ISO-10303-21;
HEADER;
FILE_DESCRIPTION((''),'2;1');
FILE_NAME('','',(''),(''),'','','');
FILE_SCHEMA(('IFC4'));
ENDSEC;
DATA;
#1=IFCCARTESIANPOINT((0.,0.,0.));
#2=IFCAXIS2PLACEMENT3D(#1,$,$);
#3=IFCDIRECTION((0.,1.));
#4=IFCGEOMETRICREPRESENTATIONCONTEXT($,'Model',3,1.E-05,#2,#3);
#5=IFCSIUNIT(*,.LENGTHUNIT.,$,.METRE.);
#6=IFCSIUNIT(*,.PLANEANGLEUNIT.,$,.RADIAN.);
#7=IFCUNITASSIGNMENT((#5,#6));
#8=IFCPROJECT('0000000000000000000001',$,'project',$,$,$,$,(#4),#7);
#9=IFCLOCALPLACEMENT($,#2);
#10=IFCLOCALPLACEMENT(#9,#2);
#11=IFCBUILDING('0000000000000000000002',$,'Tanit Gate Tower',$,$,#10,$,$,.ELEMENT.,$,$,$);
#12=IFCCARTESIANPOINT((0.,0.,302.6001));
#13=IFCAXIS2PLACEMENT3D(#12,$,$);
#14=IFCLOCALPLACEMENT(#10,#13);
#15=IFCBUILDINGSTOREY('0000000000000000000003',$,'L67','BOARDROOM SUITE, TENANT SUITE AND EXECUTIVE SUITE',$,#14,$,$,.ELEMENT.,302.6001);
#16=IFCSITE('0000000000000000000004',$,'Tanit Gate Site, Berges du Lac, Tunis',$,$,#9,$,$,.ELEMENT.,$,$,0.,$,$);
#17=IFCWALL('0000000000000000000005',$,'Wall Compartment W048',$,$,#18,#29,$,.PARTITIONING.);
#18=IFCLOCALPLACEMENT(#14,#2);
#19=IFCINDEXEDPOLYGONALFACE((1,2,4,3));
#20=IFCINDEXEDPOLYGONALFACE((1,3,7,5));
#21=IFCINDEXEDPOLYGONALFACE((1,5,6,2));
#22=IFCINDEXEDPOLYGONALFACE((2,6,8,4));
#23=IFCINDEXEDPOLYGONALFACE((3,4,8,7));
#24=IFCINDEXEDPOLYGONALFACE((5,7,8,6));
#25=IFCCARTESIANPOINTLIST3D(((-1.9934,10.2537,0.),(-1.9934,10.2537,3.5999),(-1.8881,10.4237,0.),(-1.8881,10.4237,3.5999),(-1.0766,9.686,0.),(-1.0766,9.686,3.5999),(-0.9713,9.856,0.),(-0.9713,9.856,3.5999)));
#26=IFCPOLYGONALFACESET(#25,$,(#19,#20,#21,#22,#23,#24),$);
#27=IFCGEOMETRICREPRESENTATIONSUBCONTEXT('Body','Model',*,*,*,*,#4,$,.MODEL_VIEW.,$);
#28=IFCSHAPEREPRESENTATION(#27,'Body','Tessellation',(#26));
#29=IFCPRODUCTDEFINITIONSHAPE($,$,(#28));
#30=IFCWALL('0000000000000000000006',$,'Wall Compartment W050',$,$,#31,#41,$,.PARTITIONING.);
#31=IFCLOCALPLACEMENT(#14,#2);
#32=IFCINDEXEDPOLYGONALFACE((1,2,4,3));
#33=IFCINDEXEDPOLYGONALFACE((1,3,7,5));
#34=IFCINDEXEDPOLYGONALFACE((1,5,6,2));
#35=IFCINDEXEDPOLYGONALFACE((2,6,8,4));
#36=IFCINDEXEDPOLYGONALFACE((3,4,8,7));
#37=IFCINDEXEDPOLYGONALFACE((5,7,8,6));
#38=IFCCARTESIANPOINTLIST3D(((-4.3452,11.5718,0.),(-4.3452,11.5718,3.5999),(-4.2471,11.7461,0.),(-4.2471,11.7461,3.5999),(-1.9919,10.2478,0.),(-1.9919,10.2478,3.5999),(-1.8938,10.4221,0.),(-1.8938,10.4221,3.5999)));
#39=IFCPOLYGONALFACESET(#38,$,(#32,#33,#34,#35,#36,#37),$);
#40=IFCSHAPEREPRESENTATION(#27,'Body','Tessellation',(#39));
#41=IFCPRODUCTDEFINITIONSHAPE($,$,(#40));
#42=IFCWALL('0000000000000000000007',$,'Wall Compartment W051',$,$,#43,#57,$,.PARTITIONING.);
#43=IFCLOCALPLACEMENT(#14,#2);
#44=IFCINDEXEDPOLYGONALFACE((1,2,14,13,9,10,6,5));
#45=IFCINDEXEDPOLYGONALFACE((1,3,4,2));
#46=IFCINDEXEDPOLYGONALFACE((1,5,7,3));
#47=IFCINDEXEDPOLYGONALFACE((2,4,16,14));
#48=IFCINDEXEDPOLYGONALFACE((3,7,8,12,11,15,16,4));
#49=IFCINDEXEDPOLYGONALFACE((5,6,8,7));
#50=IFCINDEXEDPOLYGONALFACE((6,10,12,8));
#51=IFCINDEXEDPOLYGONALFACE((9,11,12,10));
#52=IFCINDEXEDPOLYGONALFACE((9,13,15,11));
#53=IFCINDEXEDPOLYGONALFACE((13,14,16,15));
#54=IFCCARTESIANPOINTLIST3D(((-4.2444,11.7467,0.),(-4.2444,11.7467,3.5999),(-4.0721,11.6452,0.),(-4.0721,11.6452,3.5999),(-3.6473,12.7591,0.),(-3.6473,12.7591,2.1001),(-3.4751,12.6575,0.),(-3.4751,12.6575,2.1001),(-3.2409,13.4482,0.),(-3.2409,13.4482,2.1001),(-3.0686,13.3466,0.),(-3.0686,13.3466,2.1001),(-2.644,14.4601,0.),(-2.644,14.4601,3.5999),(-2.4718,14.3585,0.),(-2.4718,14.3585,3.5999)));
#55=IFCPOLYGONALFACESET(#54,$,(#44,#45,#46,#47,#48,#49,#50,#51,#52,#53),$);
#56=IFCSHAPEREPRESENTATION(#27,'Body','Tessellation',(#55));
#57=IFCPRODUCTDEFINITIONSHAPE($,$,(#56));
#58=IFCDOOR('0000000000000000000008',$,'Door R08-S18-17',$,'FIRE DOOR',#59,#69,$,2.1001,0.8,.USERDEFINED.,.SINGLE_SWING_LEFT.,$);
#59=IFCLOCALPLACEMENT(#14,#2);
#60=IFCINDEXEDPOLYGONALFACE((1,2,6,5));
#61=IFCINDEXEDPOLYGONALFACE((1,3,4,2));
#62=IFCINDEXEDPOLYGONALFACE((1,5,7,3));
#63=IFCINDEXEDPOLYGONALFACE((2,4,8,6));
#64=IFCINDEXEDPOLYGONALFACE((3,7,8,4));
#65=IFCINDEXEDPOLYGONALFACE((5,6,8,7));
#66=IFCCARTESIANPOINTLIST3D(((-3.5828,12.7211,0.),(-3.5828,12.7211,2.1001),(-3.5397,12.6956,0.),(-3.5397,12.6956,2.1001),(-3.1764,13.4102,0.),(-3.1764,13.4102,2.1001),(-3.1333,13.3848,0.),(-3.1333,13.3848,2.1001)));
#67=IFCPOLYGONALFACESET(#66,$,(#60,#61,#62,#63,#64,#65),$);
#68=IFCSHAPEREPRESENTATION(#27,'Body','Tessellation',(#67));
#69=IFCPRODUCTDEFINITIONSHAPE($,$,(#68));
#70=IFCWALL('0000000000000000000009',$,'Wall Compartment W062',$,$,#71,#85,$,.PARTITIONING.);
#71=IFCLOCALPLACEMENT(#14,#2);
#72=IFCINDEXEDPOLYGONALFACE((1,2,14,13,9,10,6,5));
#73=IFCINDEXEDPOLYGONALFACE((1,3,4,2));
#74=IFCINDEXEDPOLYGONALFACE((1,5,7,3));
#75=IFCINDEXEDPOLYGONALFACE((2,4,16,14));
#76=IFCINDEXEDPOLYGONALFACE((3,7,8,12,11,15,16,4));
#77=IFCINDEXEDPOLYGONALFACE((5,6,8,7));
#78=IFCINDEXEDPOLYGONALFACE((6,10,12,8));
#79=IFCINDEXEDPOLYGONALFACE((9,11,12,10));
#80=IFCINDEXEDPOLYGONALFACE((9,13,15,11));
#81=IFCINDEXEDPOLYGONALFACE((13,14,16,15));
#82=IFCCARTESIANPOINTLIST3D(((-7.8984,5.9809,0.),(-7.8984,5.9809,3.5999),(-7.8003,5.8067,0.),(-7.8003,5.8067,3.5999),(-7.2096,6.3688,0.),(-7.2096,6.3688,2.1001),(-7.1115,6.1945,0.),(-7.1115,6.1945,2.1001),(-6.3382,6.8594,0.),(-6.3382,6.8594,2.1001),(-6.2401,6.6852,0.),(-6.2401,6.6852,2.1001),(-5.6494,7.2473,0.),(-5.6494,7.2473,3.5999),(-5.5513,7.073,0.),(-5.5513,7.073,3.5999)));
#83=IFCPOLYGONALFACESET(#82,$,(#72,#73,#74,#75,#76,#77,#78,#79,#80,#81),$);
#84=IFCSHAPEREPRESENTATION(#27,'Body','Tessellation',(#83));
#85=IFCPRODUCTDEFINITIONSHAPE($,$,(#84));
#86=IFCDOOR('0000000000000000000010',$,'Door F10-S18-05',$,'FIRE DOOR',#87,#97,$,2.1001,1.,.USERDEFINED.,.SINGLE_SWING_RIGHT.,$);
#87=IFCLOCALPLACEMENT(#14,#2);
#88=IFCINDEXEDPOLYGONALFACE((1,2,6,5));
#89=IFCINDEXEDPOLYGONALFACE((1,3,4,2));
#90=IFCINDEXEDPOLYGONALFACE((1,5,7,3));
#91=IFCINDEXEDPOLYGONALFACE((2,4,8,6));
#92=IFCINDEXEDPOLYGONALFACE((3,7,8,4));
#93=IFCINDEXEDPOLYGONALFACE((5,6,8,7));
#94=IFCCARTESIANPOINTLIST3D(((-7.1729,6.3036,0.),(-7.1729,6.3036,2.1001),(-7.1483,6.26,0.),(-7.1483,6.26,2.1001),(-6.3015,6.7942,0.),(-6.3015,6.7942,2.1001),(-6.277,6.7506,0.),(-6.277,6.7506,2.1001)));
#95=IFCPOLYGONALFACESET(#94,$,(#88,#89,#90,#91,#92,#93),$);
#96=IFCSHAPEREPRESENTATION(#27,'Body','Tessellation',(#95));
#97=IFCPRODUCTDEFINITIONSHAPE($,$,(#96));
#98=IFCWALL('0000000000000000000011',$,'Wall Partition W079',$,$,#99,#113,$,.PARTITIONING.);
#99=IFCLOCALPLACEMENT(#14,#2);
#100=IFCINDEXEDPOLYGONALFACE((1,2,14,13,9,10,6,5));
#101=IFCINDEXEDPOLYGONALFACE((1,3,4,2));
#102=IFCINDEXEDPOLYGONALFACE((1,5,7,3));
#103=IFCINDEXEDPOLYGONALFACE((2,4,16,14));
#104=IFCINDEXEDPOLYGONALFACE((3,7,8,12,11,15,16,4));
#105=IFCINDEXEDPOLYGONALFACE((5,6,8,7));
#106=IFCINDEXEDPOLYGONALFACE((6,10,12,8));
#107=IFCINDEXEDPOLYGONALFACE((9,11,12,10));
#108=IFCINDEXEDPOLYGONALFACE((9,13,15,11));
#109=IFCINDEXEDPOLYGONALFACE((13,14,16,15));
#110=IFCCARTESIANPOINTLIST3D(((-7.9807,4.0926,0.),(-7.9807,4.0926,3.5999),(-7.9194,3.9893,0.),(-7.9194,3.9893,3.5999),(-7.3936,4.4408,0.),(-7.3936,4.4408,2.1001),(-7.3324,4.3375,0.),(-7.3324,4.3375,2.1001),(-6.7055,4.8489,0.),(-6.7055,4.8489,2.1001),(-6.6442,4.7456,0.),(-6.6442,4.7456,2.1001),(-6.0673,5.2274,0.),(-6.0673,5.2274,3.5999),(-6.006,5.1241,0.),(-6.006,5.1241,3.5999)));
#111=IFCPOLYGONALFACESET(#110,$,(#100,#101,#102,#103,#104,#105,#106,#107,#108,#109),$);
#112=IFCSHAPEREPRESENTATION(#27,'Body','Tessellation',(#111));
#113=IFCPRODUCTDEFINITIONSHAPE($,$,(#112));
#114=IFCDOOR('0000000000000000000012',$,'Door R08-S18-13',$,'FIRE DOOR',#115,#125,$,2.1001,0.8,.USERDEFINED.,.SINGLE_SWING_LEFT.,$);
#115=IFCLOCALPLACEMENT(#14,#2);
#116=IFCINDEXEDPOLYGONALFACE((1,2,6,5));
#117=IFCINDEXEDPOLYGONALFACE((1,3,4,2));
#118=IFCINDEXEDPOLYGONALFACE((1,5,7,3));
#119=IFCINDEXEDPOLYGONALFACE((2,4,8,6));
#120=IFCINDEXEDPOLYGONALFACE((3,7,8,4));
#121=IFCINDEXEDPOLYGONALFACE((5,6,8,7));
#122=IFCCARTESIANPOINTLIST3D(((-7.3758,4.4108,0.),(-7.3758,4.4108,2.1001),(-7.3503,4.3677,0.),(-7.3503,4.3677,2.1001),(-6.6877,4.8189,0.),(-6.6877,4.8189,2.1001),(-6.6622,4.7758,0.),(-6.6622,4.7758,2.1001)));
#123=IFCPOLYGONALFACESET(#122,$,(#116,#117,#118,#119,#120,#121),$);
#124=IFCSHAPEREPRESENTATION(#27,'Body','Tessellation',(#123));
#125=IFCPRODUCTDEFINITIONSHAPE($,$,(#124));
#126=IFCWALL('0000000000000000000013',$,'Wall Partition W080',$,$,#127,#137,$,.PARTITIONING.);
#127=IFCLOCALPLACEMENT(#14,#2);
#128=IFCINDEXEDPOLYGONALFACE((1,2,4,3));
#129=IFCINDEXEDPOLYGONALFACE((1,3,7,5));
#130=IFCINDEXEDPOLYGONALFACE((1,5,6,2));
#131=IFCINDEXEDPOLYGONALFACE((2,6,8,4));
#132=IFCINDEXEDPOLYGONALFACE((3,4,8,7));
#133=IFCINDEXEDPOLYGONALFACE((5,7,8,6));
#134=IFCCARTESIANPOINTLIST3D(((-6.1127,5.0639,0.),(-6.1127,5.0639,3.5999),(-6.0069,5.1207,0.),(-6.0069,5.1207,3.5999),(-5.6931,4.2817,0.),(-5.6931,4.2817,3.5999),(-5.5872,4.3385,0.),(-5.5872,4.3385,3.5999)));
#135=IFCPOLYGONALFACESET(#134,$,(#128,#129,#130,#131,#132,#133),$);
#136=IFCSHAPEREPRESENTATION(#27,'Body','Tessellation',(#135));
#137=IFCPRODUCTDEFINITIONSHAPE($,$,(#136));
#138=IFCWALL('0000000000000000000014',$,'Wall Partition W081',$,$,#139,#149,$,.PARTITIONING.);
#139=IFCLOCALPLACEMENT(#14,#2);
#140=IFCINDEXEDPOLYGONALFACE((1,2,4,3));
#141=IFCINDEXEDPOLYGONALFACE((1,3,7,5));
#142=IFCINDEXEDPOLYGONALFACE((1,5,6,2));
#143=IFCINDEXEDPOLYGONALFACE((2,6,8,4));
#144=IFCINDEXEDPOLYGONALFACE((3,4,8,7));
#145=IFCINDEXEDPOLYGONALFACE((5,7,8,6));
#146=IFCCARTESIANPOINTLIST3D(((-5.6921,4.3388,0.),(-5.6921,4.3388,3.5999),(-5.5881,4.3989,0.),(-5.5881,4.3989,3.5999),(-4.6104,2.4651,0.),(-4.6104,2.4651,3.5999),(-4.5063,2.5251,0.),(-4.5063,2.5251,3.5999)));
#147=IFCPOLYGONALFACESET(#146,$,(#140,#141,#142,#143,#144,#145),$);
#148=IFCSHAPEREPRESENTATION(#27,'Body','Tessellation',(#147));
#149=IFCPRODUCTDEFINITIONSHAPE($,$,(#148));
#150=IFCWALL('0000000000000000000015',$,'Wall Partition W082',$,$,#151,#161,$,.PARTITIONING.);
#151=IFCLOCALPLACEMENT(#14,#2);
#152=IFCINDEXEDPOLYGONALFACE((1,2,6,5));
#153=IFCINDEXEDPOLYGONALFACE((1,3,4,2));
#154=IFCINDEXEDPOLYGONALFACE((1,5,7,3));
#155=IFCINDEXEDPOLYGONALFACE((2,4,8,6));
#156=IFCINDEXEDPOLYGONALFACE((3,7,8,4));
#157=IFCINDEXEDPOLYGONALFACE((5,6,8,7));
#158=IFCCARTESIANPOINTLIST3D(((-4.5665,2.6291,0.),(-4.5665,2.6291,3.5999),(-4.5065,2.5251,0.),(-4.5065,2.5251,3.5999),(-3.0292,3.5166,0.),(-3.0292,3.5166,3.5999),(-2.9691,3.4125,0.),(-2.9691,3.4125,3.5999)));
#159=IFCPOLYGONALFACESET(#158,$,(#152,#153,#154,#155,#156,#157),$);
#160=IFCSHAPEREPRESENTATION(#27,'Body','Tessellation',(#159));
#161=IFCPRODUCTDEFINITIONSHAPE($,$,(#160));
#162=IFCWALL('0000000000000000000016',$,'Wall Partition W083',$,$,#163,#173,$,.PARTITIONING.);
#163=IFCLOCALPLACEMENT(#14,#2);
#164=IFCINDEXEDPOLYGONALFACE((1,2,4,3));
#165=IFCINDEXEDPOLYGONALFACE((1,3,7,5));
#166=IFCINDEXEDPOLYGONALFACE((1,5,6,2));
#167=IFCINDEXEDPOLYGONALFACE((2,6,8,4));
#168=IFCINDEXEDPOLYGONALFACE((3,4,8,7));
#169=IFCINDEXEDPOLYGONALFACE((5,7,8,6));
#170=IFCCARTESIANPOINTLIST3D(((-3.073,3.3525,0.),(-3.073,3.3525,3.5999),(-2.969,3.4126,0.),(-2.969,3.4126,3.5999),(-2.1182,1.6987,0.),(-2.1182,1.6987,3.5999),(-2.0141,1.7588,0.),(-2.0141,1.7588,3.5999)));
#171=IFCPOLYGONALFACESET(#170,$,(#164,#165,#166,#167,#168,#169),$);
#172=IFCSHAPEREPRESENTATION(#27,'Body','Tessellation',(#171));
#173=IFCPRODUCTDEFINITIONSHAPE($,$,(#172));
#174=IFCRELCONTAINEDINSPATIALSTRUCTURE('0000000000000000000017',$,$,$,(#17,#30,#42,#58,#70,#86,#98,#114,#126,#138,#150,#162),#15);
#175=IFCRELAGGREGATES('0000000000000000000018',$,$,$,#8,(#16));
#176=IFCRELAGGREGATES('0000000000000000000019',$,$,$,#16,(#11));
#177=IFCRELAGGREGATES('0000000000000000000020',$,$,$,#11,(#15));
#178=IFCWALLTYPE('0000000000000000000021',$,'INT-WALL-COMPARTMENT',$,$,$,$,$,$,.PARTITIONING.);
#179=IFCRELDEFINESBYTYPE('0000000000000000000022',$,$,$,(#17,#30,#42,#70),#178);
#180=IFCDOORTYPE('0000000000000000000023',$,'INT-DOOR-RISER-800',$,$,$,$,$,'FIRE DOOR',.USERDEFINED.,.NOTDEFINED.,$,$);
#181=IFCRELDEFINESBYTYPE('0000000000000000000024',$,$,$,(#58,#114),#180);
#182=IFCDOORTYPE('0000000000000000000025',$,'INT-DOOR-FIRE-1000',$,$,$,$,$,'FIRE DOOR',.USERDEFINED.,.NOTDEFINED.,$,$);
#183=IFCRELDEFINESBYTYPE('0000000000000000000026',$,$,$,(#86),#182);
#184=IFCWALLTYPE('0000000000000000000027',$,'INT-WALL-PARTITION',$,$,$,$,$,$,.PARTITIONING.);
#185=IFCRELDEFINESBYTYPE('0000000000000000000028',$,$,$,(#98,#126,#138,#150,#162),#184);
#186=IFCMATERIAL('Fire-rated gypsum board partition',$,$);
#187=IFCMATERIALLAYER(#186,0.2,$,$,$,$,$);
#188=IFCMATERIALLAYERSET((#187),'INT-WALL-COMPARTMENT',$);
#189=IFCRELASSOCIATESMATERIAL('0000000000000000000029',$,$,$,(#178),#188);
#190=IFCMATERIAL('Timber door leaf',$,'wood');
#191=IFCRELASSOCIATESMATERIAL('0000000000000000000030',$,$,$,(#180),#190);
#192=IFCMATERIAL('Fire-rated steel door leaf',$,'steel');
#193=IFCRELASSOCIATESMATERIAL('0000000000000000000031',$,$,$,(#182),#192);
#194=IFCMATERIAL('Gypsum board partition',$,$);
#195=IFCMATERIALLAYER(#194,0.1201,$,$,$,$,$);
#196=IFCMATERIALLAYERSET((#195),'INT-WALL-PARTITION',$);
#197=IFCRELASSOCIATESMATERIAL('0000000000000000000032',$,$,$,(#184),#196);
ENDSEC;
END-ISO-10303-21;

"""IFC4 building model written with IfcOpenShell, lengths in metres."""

from ifc_helpers import new_model, si_unit, direction, frame, frame_2d, origin, place, context, subcontext, project, spatial, rectangle, extrude, material, layer, layer_set, type_object, element, fill, save


model = new_model("IFC4")

# Units and contexts
model_context = context("Model", 3, precision=1e-05, world=origin(), true_north=direction((0.0, 1.0)))
body_context = subcontext(model_context, "Body", "Model", "MODEL_VIEW")
ifc_project = project(units=[si_unit("LENGTHUNIT", "METRE"), si_unit("PLANEANGLEUNIT", "RADIAN")], contexts=[model_context])

# Site, building, storey
site_placement = place(None, origin())
site = spatial("IfcSite", under=ifc_project, at=site_placement, Name="Tanit Gate Site, Berges du Lac, Tunis", CompositionType="ELEMENT", RefElevation=0.0)
building_placement = place(site_placement, origin())
building = spatial("IfcBuilding", under=site, at=building_placement, Name="Tanit Gate Tower", CompositionType="ELEMENT")
storey_placement = place(building_placement, frame((0.0, 0.0, 302.6001)))
storey = spatial("IfcBuildingStorey", under=building, at=storey_placement, Name="L67", Description="BOARDROOM SUITE, TENANT SUITE AND EXECUTIVE SUITE", CompositionType="ELEMENT", Elevation=302.6001)

# Walls
ifc_material_1 = material(Name="Fire-rated gypsum board partition")
ifc_layer_1 = layer(ifc_material_1, 0.2)
ifc_layer_set_1 = layer_set([ifc_layer_1], Name="INT-WALL-COMPARTMENT")
wall_type_1 = type_object("IfcWallType", Name="INT-WALL-COMPARTMENT", PredefinedType="PARTITIONING", material=ifc_layer_set_1)
wall_1_placement = place(storey_placement, frame((-1.9407, 10.3386, 0.0), z_axis=(0.0, 0.0, 1.0), x_axis=(0.850217, -0.526433, 0.0)))
element("IfcWall", 1, at=wall_1_placement, inside=storey, type_object=wall_type_1, Name="Wall Compartment W048", PredefinedType="PARTITIONING", context=body_context, shape_type="SweptSolid", body=[
    extrude(rectangle(XDim=1.0784, YDim=0.2, at=frame_2d((0.5391, 0.0))), origin(), (0.0, 0.0, 1.0), 3.5999),
])
wall_2_placement = place(storey_placement, frame((-4.2961, 11.6589, 0.0), z_axis=(0.0, 0.0, 1.0), x_axis=(0.871534, -0.490334, 0.0)))
element("IfcWall", 2, at=wall_2_placement, inside=storey, type_object=wall_type_1, Name="Wall Compartment W050", PredefinedType="PARTITIONING", context=body_context, shape_type="SweptSolid", body=[
    extrude(rectangle(XDim=2.7002, YDim=0.2, at=frame_2d((1.3501, 0.0))), origin(), (0.0, 0.0, 1.0), 3.5999),
])

# Walls, openings, doors
wall_3_placement = place(storey_placement, frame((-2.5579, 14.4094, 0.0), z_axis=(0.0, 0.0, 1.0), x_axis=(-0.508019, -0.861346, 0.0)))
wall_3 = element("IfcWall", 3, at=wall_3_placement, inside=storey, type_object=wall_type_1, Name="Wall Compartment W051", PredefinedType="PARTITIONING", context=body_context, shape_type="SweptSolid", body=[
    extrude(rectangle(XDim=3.1501, YDim=0.2, at=frame_2d((1.5752, 0.0))), origin(), (0.0, 0.0, 1.0), 3.5999),
])
opening_1_placement = place(wall_3_placement, frame((1.175, 0.0, 0.0)))
opening_1 = element("IfcOpeningElement", 4, at=opening_1_placement, cuts=wall_3, PredefinedType="OPENING", context=body_context, shape_type="SweptSolid", body=[
    extrude(rectangle(XDim=0.8, YDim=2.1001, at=frame_2d((0.3999, 1.05))), frame((0.0, 0.1099, 0.0), z_axis=(0.0, -1.0, 0.0), x_axis=(1.0, 0.0, 0.0)), (0.0, 0.0, 1.0), 0.22),
])
ifc_material_2 = material(Name="Timber door leaf", Category="wood")
door_type_1 = type_object("IfcDoorType", Name="INT-DOOR-RISER-800", ElementType="FIRE DOOR", OperationType="NOTDEFINED", PredefinedType="USERDEFINED", material=ifc_material_2)
door_1_placement = place(opening_1_placement, origin())
door_1 = element("IfcDoor", 5, at=door_1_placement, inside=storey, type_object=door_type_1, Name="Door R08-S18-17", ObjectType="FIRE DOOR", OperationType="SINGLE_SWING_LEFT", OverallHeight=2.1001, OverallWidth=0.8, PredefinedType="USERDEFINED", context=body_context, shape_type="SweptSolid", body=[
    extrude(rectangle(XDim=0.8, YDim=2.1001, at=frame_2d((0.3999, 1.05))), frame((0.0, 0.0249, 0.0), z_axis=(0.0, -1.0, 0.0), x_axis=(1.0, 0.0, 0.0)), (0.0, 0.0, 1.0), 0.05),
])
fill(opening_1, door_1)
wall_4_placement = place(storey_placement, frame((-5.6003, 7.1602, 0.0), z_axis=(0.0, 0.0, 1.0), x_axis=(-0.871363, -0.490638, 0.0)))
wall_4 = element("IfcWall", 6, at=wall_4_placement, inside=storey, type_object=wall_type_1, Name="Wall Compartment W062", PredefinedType="PARTITIONING", context=body_context, shape_type="SweptSolid", body=[
    extrude(rectangle(XDim=2.5811, YDim=0.2, at=frame_2d((1.2905, 0.0))), origin(), (0.0, 0.0, 1.0), 3.5999),
])
opening_2_placement = place(wall_4_placement, frame((0.7905, 0.0, 0.0)))
opening_2 = element("IfcOpeningElement", 7, at=opening_2_placement, cuts=wall_4, PredefinedType="OPENING", context=body_context, shape_type="SweptSolid", body=[
    extrude(rectangle(XDim=1.0, YDim=2.1001, at=frame_2d((0.5, 1.05))), frame((0.0, 0.1099, 0.0), z_axis=(0.0, -1.0, 0.0), x_axis=(1.0, 0.0, 0.0)), (0.0, 0.0, 1.0), 0.22),
])
ifc_material_3 = material(Name="Fire-rated steel door leaf", Category="steel")
door_type_2 = type_object("IfcDoorType", Name="INT-DOOR-FIRE-1000", ElementType="FIRE DOOR", OperationType="NOTDEFINED", PredefinedType="USERDEFINED", material=ifc_material_3)
door_2_placement = place(opening_2_placement, origin())
door_2 = element("IfcDoor", 8, at=door_2_placement, inside=storey, type_object=door_type_2, Name="Door F10-S18-05", ObjectType="FIRE DOOR", OperationType="SINGLE_SWING_RIGHT", OverallHeight=2.1001, OverallWidth=1.0, PredefinedType="USERDEFINED", context=body_context, shape_type="SweptSolid", body=[
    extrude(rectangle(XDim=1.0, YDim=2.1001, at=frame_2d((0.5, 1.05))), frame((0.0, 0.0249, 0.0), z_axis=(0.0, -1.0, 0.0), x_axis=(1.0, 0.0, 0.0)), (0.0, 0.0, 1.0), 0.05),
])
fill(opening_2, door_2)
ifc_material_4 = material(Name="Gypsum board partition")
ifc_layer_2 = layer(ifc_material_4, 0.1201)
ifc_layer_set_2 = layer_set([ifc_layer_2], Name="INT-WALL-PARTITION")
wall_type_2 = type_object("IfcWallType", Name="INT-WALL-PARTITION", PredefinedType="PARTITIONING", material=ifc_layer_set_2)
wall_5_placement = place(storey_placement, frame((-6.0366, 5.1758, 0.0), z_axis=(0.0, 0.0, 1.0), x_axis=(-0.860106, -0.510115, 0.0)))
wall_5 = element("IfcWall", 9, at=wall_5_placement, inside=storey, type_object=wall_type_2, Name="Wall Partition W079", PredefinedType="PARTITIONING", context=body_context, shape_type="SweptSolid", body=[
    extrude(rectangle(XDim=2.2246, YDim=0.1201, at=frame_2d((1.1123, 0.0))), origin(), (0.0, 0.0, 1.0), 3.5999),
])
opening_3_placement = place(wall_5_placement, frame((0.7422, 0.0, 0.0)))
opening_3 = element("IfcOpeningElement", 10, at=opening_3_placement, cuts=wall_5, PredefinedType="OPENING", context=body_context, shape_type="SweptSolid", body=[
    extrude(rectangle(XDim=0.8, YDim=2.1001, at=frame_2d((0.3999, 1.05))), frame((0.0, 0.0701, 0.0), z_axis=(0.0, -1.0, 0.0), x_axis=(1.0, 0.0, 0.0)), (0.0, 0.0, 1.0), 0.1401),
])
door_3_placement = place(opening_3_placement, origin())
door_3 = element("IfcDoor", 11, at=door_3_placement, inside=storey, type_object=door_type_1, Name="Door R08-S18-13", ObjectType="FIRE DOOR", OperationType="SINGLE_SWING_LEFT", OverallHeight=2.1001, OverallWidth=0.8, PredefinedType="USERDEFINED", context=body_context, shape_type="SweptSolid", body=[
    extrude(rectangle(XDim=0.8, YDim=2.1001, at=frame_2d((0.3999, 1.05))), frame((0.0, 0.0249, 0.0), z_axis=(0.0, -1.0, 0.0), x_axis=(1.0, 0.0, 0.0)), (0.0, 0.0, 1.0), 0.05),
])
fill(opening_3, door_3)

# Walls
wall_6_placement = place(storey_placement, frame((-5.6401, 4.3101, 0.0), z_axis=(0.0, 0.0, 1.0), x_axis=(-0.472771, 0.881185, 0.0)))
element("IfcWall", 12, at=wall_6_placement, inside=storey, type_object=wall_type_2, Name="Wall Partition W080", PredefinedType="PARTITIONING", context=body_context, shape_type="SweptSolid", body=[
    extrude(rectangle(XDim=0.8877, YDim=0.1201, at=frame_2d((0.4438, 0.0))), origin(), (0.0, 0.0, 1.0), 3.5999),
])
wall_7_placement = place(storey_placement, frame((-4.5583, 2.4951, 0.0), z_axis=(0.0, 0.0, 1.0), x_axis=(-0.499986, 0.866033, 0.0)))
element("IfcWall", 13, at=wall_7_placement, inside=storey, type_object=wall_type_2, Name="Wall Partition W081", PredefinedType="PARTITIONING", context=body_context, shape_type="SweptSolid", body=[
    extrude(rectangle(XDim=2.1636, YDim=0.1201, at=frame_2d((1.0818, 0.0))), origin(), (0.0, 0.0, 1.0), 3.5999),
])
wall_8_placement = place(storey_placement, frame((-2.999, 3.4646, 0.0), z_axis=(0.0, 0.0, 1.0), x_axis=(-0.86606, -0.499941, 0.0)))
element("IfcWall", 14, at=wall_8_placement, inside=storey, type_object=wall_type_2, Name="Wall Partition W082", PredefinedType="PARTITIONING", context=body_context, shape_type="SweptSolid", body=[
    extrude(rectangle(XDim=1.7751, YDim=0.1201, at=frame_2d((0.8877, 0.0))), origin(), (0.0, 0.0, 1.0), 3.5999),
])
wall_9_placement = place(storey_placement, frame((-2.0662, 1.7288, 0.0), z_axis=(0.0, 0.0, 1.0), x_axis=(-0.500003, 0.866024, 0.0)))
element("IfcWall", 15, at=wall_9_placement, inside=storey, type_object=wall_type_2, Name="Wall Partition W083", PredefinedType="PARTITIONING", context=body_context, shape_type="SweptSolid", body=[
    extrude(rectangle(XDim=1.9097, YDim=0.1201, at=frame_2d((0.9548, 0.0))), origin(), (0.0, 0.0, 1.0), 3.5999),
])

save(model, "model.ifc")
